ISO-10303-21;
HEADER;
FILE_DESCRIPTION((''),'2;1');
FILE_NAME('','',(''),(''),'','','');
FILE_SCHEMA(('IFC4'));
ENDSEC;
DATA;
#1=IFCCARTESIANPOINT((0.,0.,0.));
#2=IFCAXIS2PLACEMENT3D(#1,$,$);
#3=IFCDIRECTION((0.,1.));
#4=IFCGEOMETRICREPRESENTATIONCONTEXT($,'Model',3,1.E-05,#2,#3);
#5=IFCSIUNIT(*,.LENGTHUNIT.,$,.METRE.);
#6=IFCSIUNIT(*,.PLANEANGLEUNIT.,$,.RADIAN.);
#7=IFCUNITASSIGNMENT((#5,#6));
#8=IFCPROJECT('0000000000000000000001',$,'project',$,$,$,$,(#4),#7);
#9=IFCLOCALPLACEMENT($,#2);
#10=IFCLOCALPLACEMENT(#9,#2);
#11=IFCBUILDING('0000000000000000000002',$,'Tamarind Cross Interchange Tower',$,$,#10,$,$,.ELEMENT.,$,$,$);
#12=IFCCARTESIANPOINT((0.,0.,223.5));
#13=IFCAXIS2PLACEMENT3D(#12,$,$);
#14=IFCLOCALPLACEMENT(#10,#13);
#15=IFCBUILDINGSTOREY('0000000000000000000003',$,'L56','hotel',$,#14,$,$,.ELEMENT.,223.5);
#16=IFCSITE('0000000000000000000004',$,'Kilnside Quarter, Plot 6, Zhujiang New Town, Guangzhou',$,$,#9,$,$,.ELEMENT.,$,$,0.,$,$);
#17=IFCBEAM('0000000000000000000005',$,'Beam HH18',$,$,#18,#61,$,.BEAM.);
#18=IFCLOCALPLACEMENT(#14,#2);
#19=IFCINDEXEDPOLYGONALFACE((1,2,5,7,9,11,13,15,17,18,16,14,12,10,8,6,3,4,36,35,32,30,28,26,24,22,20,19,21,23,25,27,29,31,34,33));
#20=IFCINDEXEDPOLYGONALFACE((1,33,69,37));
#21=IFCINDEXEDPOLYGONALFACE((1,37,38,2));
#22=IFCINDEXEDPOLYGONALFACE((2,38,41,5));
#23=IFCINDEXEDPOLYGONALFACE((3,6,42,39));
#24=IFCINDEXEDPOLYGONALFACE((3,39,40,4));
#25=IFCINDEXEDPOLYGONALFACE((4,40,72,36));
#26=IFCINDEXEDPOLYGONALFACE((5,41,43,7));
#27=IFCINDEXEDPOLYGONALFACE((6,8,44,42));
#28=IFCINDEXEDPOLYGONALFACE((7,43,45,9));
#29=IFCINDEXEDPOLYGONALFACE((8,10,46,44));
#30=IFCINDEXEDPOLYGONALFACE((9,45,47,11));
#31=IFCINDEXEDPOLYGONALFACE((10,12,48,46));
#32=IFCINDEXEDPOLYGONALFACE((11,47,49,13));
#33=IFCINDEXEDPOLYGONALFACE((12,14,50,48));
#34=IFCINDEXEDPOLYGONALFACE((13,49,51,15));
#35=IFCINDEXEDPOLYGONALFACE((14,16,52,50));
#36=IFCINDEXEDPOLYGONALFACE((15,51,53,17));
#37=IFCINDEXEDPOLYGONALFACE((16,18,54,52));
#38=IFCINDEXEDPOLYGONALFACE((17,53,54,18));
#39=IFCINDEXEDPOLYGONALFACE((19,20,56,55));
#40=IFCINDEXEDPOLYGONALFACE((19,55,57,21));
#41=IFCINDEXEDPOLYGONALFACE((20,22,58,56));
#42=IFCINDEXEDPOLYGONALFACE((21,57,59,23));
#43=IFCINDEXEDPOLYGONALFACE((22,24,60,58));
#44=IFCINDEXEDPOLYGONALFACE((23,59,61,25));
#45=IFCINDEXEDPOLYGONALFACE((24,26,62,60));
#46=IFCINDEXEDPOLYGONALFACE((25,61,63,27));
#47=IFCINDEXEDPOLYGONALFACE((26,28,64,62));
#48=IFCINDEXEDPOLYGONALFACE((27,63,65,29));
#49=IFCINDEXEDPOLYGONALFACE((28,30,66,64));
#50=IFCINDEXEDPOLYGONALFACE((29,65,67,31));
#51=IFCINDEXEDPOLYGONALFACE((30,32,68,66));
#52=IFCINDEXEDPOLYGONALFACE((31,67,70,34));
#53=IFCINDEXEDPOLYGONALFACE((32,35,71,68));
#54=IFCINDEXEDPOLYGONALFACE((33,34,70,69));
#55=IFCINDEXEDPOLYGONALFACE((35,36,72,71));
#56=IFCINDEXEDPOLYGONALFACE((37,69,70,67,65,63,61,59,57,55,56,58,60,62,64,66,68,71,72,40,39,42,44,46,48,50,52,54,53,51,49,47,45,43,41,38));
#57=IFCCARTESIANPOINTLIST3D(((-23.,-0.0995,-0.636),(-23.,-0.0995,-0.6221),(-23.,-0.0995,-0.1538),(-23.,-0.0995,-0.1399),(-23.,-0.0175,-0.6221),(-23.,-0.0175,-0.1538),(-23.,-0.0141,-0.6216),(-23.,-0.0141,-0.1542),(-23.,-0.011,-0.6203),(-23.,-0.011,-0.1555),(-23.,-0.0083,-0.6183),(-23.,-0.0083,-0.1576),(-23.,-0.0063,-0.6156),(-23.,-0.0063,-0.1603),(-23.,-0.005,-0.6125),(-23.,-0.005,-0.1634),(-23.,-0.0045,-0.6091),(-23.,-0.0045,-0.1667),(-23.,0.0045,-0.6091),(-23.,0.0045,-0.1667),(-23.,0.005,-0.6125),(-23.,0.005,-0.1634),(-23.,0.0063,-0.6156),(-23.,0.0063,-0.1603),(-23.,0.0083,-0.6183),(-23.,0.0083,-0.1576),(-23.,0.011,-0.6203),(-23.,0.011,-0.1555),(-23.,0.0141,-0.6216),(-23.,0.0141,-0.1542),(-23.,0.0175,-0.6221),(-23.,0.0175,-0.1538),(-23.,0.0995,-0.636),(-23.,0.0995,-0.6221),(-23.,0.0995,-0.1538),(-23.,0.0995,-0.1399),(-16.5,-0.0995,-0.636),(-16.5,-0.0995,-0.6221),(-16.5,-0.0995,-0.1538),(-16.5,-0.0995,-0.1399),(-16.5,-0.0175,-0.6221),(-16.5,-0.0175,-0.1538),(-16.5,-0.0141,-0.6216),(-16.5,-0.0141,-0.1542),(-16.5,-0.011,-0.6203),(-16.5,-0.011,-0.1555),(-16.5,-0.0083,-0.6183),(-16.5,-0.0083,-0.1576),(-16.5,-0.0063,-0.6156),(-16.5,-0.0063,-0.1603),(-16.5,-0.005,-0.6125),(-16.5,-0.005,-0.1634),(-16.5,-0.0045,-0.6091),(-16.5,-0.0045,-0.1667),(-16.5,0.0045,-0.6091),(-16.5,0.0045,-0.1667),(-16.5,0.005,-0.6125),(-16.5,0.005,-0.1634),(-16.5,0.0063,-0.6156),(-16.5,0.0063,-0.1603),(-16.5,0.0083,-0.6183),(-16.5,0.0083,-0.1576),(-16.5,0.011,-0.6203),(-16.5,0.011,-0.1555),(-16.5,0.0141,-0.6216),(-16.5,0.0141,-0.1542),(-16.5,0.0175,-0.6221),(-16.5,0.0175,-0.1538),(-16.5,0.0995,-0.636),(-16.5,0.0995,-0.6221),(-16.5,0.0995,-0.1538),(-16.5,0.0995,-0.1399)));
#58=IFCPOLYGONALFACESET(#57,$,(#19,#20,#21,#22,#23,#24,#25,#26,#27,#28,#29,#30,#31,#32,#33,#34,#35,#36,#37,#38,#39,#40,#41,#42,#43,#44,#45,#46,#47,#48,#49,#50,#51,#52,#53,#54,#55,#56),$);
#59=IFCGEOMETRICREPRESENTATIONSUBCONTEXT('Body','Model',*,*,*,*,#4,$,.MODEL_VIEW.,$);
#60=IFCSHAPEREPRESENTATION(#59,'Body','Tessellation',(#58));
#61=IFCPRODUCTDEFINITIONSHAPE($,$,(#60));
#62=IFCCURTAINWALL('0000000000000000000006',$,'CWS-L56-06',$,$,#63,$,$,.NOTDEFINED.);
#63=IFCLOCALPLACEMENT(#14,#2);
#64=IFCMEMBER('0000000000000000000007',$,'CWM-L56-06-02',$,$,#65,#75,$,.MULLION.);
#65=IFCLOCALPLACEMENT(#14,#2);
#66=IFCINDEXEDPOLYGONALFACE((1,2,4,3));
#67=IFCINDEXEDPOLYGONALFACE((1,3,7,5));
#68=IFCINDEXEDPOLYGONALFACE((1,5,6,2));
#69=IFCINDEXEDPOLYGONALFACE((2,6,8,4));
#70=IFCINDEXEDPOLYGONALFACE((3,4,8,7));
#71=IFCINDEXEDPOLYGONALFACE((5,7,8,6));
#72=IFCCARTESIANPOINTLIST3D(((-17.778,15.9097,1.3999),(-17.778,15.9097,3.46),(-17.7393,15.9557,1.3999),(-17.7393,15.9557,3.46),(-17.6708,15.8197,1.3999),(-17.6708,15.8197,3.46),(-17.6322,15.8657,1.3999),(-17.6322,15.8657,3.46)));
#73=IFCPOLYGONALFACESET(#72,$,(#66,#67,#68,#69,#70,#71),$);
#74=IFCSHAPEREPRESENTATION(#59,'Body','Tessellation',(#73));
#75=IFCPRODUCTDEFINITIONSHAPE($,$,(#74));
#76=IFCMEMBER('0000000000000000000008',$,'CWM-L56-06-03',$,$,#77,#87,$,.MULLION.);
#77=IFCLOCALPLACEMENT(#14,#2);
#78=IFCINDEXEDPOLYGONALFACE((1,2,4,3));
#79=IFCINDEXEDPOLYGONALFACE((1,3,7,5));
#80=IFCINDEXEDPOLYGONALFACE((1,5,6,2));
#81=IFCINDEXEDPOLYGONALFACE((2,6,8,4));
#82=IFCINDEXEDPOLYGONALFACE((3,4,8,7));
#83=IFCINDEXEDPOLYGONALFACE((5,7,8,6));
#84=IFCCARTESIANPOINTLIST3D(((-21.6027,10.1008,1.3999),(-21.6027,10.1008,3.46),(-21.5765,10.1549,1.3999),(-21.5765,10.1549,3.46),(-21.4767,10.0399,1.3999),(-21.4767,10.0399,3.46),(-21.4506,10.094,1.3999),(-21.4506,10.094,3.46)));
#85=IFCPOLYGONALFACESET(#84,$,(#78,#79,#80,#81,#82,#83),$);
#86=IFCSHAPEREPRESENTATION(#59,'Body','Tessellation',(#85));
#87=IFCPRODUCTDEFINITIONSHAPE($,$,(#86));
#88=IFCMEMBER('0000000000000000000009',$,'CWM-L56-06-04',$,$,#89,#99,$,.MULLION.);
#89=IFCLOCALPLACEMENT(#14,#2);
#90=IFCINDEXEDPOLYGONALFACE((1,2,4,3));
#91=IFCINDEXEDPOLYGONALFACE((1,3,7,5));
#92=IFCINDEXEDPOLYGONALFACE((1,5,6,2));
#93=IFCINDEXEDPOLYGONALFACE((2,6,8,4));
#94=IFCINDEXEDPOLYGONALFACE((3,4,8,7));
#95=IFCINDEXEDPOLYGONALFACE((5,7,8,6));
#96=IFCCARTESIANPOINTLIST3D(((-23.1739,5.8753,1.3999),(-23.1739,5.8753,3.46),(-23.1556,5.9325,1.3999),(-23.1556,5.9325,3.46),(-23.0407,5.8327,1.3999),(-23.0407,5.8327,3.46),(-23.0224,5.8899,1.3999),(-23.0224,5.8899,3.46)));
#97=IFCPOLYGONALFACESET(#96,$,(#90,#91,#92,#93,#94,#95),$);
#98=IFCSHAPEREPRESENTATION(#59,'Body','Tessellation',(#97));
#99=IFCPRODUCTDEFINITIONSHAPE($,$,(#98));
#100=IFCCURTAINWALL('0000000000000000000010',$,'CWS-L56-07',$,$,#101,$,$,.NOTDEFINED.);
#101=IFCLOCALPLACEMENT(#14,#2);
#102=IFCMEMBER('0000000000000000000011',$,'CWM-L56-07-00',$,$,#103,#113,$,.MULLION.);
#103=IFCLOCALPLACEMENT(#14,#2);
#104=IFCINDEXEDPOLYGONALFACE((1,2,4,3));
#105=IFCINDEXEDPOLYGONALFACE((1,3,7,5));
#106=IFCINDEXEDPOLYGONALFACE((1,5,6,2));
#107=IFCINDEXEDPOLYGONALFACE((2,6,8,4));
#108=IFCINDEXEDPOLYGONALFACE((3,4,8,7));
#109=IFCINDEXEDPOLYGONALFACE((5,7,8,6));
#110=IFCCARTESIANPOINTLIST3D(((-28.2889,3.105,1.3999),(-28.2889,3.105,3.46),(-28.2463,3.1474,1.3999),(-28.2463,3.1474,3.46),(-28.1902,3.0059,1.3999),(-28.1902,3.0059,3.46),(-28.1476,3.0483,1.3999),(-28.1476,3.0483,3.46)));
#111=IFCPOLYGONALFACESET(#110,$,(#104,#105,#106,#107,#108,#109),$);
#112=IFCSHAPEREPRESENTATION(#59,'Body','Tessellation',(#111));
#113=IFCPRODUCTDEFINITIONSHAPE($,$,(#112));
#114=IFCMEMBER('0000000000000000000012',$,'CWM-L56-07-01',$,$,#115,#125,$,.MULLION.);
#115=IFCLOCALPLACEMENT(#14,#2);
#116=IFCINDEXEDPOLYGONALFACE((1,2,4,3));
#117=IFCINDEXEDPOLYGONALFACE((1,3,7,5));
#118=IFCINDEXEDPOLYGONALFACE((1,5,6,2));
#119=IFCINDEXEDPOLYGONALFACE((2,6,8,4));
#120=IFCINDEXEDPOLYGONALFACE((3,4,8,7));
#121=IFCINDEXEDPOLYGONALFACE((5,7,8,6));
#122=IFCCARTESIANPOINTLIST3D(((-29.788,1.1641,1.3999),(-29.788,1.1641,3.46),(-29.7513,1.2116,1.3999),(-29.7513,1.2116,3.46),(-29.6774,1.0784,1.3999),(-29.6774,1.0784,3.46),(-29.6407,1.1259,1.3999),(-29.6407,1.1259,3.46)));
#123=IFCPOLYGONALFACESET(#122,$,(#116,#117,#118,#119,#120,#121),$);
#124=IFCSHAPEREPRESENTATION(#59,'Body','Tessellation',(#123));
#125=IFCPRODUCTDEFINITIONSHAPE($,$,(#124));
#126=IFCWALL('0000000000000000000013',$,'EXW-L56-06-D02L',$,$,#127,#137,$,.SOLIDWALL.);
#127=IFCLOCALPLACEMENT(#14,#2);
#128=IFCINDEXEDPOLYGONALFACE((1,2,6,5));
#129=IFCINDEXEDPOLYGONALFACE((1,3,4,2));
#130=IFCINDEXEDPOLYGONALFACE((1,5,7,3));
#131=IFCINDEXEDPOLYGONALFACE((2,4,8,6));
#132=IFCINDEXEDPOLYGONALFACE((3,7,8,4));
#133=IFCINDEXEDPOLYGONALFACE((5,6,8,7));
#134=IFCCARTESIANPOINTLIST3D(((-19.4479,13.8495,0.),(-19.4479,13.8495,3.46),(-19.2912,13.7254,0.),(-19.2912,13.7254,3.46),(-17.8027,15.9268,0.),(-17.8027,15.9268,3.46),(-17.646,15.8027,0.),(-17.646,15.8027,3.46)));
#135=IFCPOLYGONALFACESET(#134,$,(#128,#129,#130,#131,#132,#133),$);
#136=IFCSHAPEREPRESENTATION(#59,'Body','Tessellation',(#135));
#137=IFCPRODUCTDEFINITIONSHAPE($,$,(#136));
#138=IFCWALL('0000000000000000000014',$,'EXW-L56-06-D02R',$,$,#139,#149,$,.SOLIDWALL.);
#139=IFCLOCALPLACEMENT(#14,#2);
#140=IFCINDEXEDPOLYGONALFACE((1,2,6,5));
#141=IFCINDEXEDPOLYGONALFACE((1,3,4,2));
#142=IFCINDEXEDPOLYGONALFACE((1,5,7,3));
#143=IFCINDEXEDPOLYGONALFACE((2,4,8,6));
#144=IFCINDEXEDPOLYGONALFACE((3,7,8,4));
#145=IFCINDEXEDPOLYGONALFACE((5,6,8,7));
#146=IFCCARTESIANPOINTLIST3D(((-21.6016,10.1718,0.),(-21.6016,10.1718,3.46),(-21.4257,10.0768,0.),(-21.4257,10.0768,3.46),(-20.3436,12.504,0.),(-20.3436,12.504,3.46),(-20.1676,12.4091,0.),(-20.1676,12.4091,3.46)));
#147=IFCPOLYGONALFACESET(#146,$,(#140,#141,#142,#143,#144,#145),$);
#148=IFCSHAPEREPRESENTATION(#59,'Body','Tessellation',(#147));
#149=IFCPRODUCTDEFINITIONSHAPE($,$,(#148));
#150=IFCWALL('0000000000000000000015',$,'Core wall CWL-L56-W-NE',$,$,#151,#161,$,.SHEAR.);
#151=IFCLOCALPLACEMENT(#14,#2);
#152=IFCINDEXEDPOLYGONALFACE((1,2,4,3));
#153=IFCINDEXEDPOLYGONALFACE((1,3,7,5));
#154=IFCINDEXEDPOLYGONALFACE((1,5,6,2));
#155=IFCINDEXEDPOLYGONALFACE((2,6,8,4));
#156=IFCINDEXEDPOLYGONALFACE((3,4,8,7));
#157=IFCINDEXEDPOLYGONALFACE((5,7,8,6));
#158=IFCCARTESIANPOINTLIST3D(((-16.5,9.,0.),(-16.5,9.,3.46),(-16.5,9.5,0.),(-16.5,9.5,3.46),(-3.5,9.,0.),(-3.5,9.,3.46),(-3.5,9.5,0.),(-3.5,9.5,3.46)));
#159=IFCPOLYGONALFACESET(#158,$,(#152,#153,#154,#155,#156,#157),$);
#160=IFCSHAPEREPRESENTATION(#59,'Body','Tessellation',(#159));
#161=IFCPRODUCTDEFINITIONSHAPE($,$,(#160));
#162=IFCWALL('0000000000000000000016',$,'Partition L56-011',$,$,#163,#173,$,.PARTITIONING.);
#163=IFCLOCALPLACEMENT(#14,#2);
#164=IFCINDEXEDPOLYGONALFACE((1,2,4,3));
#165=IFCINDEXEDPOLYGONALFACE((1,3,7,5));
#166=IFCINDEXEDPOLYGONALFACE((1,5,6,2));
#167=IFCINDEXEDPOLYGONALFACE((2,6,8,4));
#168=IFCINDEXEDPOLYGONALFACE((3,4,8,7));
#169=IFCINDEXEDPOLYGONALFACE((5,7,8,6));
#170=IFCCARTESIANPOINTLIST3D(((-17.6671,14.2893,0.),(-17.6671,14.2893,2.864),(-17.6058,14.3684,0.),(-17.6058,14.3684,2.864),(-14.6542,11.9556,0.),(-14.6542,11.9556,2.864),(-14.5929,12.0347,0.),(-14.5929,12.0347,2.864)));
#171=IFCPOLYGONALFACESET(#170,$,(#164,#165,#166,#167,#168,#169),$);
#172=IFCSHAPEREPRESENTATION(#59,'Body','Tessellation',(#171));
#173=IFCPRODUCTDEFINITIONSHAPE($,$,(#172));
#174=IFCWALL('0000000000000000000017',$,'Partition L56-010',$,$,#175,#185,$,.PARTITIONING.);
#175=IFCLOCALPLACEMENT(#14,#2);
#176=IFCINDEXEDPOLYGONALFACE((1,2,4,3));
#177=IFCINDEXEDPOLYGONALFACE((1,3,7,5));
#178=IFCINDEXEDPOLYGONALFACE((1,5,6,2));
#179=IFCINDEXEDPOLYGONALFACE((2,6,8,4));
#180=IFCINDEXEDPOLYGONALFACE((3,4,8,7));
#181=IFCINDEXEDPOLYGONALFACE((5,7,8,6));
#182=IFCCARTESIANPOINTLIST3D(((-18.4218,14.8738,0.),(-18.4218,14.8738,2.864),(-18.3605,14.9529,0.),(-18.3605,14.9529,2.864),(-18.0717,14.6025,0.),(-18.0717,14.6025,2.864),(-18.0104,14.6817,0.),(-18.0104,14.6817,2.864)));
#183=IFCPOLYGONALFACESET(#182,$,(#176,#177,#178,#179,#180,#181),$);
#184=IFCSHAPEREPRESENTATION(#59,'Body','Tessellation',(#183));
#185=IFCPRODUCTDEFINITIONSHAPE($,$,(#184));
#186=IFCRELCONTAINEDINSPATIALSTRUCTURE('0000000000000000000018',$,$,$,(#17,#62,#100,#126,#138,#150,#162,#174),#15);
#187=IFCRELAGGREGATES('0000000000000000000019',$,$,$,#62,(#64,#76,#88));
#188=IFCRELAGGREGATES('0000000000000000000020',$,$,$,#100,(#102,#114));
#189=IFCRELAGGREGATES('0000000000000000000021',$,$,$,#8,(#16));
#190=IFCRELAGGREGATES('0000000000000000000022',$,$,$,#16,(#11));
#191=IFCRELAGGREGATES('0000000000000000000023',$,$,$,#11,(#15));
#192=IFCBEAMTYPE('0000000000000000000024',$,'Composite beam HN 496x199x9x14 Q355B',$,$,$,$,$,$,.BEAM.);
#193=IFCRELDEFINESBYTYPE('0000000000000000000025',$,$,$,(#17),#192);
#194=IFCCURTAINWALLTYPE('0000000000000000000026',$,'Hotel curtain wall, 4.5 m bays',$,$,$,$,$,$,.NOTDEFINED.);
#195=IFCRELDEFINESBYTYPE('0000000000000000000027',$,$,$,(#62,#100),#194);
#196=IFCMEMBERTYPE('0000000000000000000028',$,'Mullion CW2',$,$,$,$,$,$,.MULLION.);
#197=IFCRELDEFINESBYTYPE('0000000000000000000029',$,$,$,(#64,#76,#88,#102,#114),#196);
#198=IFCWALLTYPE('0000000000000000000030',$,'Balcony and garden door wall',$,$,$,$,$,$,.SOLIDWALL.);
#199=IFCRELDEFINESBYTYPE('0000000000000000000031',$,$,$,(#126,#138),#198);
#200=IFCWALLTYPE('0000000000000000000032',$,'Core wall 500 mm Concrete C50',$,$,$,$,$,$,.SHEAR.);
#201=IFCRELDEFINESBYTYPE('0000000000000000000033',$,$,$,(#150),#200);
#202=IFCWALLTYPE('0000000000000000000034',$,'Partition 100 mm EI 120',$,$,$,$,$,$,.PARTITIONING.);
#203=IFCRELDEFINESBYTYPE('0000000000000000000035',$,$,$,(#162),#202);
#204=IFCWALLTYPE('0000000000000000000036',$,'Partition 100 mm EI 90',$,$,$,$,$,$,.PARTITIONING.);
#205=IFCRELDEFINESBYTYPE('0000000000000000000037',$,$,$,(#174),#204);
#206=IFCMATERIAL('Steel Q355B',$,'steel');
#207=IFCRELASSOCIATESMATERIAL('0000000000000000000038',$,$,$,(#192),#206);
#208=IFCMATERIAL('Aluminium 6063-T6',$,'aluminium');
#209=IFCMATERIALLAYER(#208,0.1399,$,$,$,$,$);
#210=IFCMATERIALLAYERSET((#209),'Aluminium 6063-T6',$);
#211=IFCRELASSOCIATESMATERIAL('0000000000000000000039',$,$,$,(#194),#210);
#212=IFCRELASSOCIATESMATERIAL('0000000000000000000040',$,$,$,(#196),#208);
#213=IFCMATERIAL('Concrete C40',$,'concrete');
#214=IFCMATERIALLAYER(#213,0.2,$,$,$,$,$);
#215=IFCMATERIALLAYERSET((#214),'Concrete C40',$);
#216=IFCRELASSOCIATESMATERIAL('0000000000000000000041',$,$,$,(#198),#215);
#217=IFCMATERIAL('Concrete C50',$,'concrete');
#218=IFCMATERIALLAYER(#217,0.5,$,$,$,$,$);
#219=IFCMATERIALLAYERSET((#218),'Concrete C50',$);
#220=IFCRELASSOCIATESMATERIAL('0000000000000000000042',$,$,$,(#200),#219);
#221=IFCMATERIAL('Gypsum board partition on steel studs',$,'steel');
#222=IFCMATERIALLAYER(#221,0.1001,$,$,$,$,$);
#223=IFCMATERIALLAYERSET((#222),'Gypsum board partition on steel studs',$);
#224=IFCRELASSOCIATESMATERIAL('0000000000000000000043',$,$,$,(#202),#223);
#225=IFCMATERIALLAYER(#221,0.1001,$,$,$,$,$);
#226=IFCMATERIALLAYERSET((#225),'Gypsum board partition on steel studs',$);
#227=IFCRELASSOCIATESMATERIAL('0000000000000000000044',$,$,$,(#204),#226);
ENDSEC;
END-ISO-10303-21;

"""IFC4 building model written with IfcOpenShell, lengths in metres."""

from ifc_helpers import new_model, si_unit, direction, frame, frame_2d, origin, origin_2d, place, context, subcontext, project, spatial, rectangle, i_section, extrude, material, layer, layer_set, material_profile, profile_set, type_object, element, aggregate, save


model = new_model("IFC4")

# Units and contexts
model_context = context("Model", 3, precision=1e-05, world=origin(), true_north=direction((0.0, 1.0)))
body_context = subcontext(model_context, "Body", "Model", "MODEL_VIEW")
ifc_project = project(units=[si_unit("LENGTHUNIT", "METRE"), si_unit("PLANEANGLEUNIT", "RADIAN")], contexts=[model_context])

# Site, building, storey
site_placement = place(None, origin())
site = spatial("IfcSite", under=ifc_project, at=site_placement, Name="Kilnside Quarter, Plot 6, Zhujiang New Town, Guangzhou", CompositionType="ELEMENT", RefElevation=0.0)
building_placement = place(site_placement, origin())
building = spatial("IfcBuilding", under=site, at=building_placement, Name="Tamarind Cross Interchange Tower", CompositionType="ELEMENT")
storey_placement = place(building_placement, frame((0.0, 0.0, 223.5)))
storey = spatial("IfcBuildingStorey", under=building, at=storey_placement, Name="L56", Description="hotel", CompositionType="ELEMENT", Elevation=223.5)

# Shared definitions
ifc_material_1 = material(Name="Concrete C50", Category="concrete")

# Beam
ifc_material_2 = material(Name="Steel Q355B", Category="steel")
ifc_material_profile_1 = material_profile(ifc_material_2, i_section(OverallWidth=0.199, OverallDepth=0.4961, WebThickness=0.009, FlangeThickness=0.0139, FilletRadius=0.0129, at=origin_2d()), Name="HN 496x199x9x14")
ifc_profile_set_1 = profile_set([ifc_material_profile_1], Name="Steel Q355B")
beam_type = type_object("IfcBeamType", Name="Composite beam HN 496x199x9x14 Q355B", PredefinedType="BEAM", material=ifc_profile_set_1)
beam_1_placement = place(storey_placement, frame((-23.0, 0.0, -0.3879), z_axis=(1.0, 0.0, 0.0), x_axis=(0.0, 1.0, 0.0)))
element("IfcBeam", 1, at=beam_1_placement, inside=storey, type_object=beam_type, Name="Beam HH18", PredefinedType="BEAM", context=body_context, shape_type="SweptSolid", body=[
    extrude(i_section(OverallWidth=0.199, OverallDepth=0.4961, WebThickness=0.009, FlangeThickness=0.0139, FilletRadius=0.0129, at=origin_2d()), origin(), (0.0, 0.0, 1.0), 6.5),
])

# Curtain walls, members
ifc_material_3 = material(Name="Aluminium 6063-T6", Category="aluminium")
ifc_layer_1 = layer(ifc_material_3, 0.1399)
ifc_layer_set_1 = layer_set([ifc_layer_1], Name="Aluminium 6063-T6")
curtain_wall_type = type_object("IfcCurtainWallType", Name="Hotel curtain wall, 4.5 m bays", PredefinedType="NOTDEFINED", material=ifc_layer_set_1)
curtain_wall_1_placement = place(storey_placement, origin())
curtain_wall_1 = element("IfcCurtainWall", 2, at=curtain_wall_1_placement, inside=storey, type_object=curtain_wall_type, Name="CWS-L56-06", PredefinedType="NOTDEFINED")
ifc_material_profile_2 = material_profile(ifc_material_3, rectangle(XDim=0.0601, YDim=0.1399, at=origin_2d()), Name="Mullion CW2")
ifc_profile_set_2 = profile_set([ifc_material_profile_2], Name="Aluminium 6063-T6")
member_type = type_object("IfcMemberType", Name="Mullion CW2", PredefinedType="MULLION", material=ifc_profile_set_2)
member_1_placement = place(storey_placement, frame((-17.7051, 15.8877, 1.3999), z_axis=(0.0, 0.0, 1.0), x_axis=(-0.643009, -0.765858, 0.0)))
member_1 = element("IfcMember", 3, at=member_1_placement, type_object=member_type, Name="CWM-L56-06-02", PredefinedType="MULLION", context=body_context, shape_type="SweptSolid", body=[
    extrude(rectangle(XDim=0.0601, YDim=0.1399, at=origin_2d()), origin(), (0.0, 0.0, 1.0), 2.0601),
])
member_2_placement = place(storey_placement, frame((-21.5266, 10.0974, 1.3999), z_axis=(0.0, 0.0, 1.0), x_axis=(-0.435326, -0.900273, 0.0)))
member_2 = element("IfcMember", 4, at=member_2_placement, type_object=member_type, Name="CWM-L56-06-03", PredefinedType="MULLION", context=body_context, shape_type="SweptSolid", body=[
    extrude(rectangle(XDim=0.0601, YDim=0.1399, at=origin_2d()), origin(), (0.0, 0.0, 1.0), 2.0601),
])
member_3_placement = place(storey_placement, frame((-23.0981, 5.8826, 1.3999), z_axis=(0.0, 0.0, 1.0), x_axis=(-0.304538, -0.9525, 0.0)))
member_3 = element("IfcMember", 5, at=member_3_placement, type_object=member_type, Name="CWM-L56-06-04", PredefinedType="MULLION", context=body_context, shape_type="SweptSolid", body=[
    extrude(rectangle(XDim=0.0601, YDim=0.1399, at=origin_2d()), origin(), (0.0, 0.0, 1.0), 2.0601),
])
aggregate(curtain_wall_1, [member_1, member_2, member_3])
curtain_wall_2_placement = place(storey_placement, origin())
curtain_wall_2 = element("IfcCurtainWall", 6, at=curtain_wall_2_placement, inside=storey, type_object=curtain_wall_type, Name="CWS-L56-07", PredefinedType="NOTDEFINED")
member_4_placement = place(storey_placement, frame((-28.2183, 3.0767, 1.3999), z_axis=(0.0, 0.0, 1.0), x_axis=(-0.708724, -0.705485, 0.0)))
member_4 = element("IfcMember", 7, at=member_4_placement, type_object=member_type, Name="CWM-L56-07-00", PredefinedType="MULLION", context=body_context, shape_type="SweptSolid", body=[
    extrude(rectangle(XDim=0.0601, YDim=0.1399, at=origin_2d()), origin(), (0.0, 0.0, 1.0), 2.0601),
])
member_5_placement = place(storey_placement, frame((-29.7144, 1.145, 1.3999), z_axis=(0.0, 0.0, 1.0), x_axis=(-0.612355, -0.790583, 0.0)))
member_5 = element("IfcMember", 8, at=member_5_placement, type_object=member_type, Name="CWM-L56-07-01", PredefinedType="MULLION", context=body_context, shape_type="SweptSolid", body=[
    extrude(rectangle(XDim=0.0601, YDim=0.1399, at=origin_2d()), origin(), (0.0, 0.0, 1.0), 2.0601),
])
aggregate(curtain_wall_2, [member_4, member_5])

# Walls
ifc_material_4 = material(Name="Concrete C40", Category="concrete")
ifc_layer_2 = layer(ifc_material_4, 0.2)
ifc_layer_set_2 = layer_set([ifc_layer_2], Name="Concrete C40")
wall_type_1 = type_object("IfcWallType", Name="Balcony and garden door wall", PredefinedType="SOLIDWALL", material=ifc_layer_set_2)
for number, where, z_axis, x_axis, name in (
    (9, (-17.7244, 15.8647, 0.0), (0.0, 0.0, 1.0), (-0.620856, -0.783924, 0.0), "EXW-L56-06-D02L"),
    (10, (-20.2556, 12.4565, 0.0), (0.0, 0.0, 1.0), (-0.474748, -0.880122, 0.0), "EXW-L56-06-D02R"),
):
    element("IfcWall", number, at=place(storey_placement, frame(where, z_axis=z_axis, x_axis=x_axis)), inside=storey, type_object=wall_type_1, Name=name, PredefinedType="SOLIDWALL", context=body_context, shape_type="SweptSolid", body=[
        extrude(rectangle(XDim=2.6499, YDim=0.2, at=frame_2d((1.325, 0.0))), origin(), (0.0, 0.0, 1.0), 3.46),
    ])

# Walls
ifc_layer_3 = layer(ifc_material_1, 0.5)
ifc_layer_set_3 = layer_set([ifc_layer_3], Name="Concrete C50")
wall_type_2 = type_object("IfcWallType", Name="Core wall 500 mm Concrete C50", PredefinedType="SHEAR", material=ifc_layer_set_3)
wall_1_placement = place(storey_placement, frame((-16.5, 9.25, 0.0), z_axis=(0.0, 0.0, 1.0), x_axis=(1.0, 0.0, 0.0)))
element("IfcWall", 11, at=wall_1_placement, inside=storey, type_object=wall_type_2, Name="Core wall CWL-L56-W-NE", PredefinedType="SHEAR", context=body_context, shape_type="SweptSolid", body=[
    extrude(rectangle(XDim=13.0, YDim=0.5, at=frame_2d((6.5, 0.0))), origin(), (0.0, 0.0, 1.0), 3.46),
])
ifc_material_5 = material(Name="Gypsum board partition on steel studs", Category="steel")
ifc_layer_4 = layer(ifc_material_5, 0.1001)
ifc_layer_set_4 = layer_set([ifc_layer_4], Name="Gypsum board partition on steel studs")
wall_type_3 = type_object("IfcWallType", Name="Partition 100 mm EI 120", PredefinedType="PARTITIONING", material=ifc_layer_set_4)
wall_2_placement = place(storey_placement, frame((-17.6365, 14.3289, 0.0), z_axis=(0.0, 0.0, 1.0), x_axis=(0.790579, -0.612361, 0.0)))
element("IfcWall", 12, at=wall_2_placement, inside=storey, type_object=wall_type_3, Name="Partition L56-011", PredefinedType="PARTITIONING", context=body_context, shape_type="SweptSolid", body=[
    extrude(rectangle(XDim=3.811, YDim=0.1001, at=frame_2d((1.9055, 0.0))), origin(), (0.0, 0.0, 1.0), 2.864),
])
ifc_layer_5 = layer(ifc_material_5, 0.1001)
ifc_layer_set_5 = layer_set([ifc_layer_5], Name="Gypsum board partition on steel studs")
wall_type_4 = type_object("IfcWallType", Name="Partition 100 mm EI 90", PredefinedType="PARTITIONING", material=ifc_layer_set_5)
wall_3_placement = place(storey_placement, frame((-18.3911, 14.9133, 0.0), z_axis=(0.0, 0.0, 1.0), x_axis=(0.790508, -0.612451, 0.0)))
element("IfcWall", 13, at=wall_3_placement, inside=storey, type_object=wall_type_4, Name="Partition L56-010", PredefinedType="PARTITIONING", context=body_context, shape_type="SweptSolid", body=[
    extrude(rectangle(XDim=0.4429, YDim=0.1001, at=frame_2d((0.2214, 0.0))), origin(), (0.0, 0.0, 1.0), 2.864),
])

save(model, "model.ifc")
